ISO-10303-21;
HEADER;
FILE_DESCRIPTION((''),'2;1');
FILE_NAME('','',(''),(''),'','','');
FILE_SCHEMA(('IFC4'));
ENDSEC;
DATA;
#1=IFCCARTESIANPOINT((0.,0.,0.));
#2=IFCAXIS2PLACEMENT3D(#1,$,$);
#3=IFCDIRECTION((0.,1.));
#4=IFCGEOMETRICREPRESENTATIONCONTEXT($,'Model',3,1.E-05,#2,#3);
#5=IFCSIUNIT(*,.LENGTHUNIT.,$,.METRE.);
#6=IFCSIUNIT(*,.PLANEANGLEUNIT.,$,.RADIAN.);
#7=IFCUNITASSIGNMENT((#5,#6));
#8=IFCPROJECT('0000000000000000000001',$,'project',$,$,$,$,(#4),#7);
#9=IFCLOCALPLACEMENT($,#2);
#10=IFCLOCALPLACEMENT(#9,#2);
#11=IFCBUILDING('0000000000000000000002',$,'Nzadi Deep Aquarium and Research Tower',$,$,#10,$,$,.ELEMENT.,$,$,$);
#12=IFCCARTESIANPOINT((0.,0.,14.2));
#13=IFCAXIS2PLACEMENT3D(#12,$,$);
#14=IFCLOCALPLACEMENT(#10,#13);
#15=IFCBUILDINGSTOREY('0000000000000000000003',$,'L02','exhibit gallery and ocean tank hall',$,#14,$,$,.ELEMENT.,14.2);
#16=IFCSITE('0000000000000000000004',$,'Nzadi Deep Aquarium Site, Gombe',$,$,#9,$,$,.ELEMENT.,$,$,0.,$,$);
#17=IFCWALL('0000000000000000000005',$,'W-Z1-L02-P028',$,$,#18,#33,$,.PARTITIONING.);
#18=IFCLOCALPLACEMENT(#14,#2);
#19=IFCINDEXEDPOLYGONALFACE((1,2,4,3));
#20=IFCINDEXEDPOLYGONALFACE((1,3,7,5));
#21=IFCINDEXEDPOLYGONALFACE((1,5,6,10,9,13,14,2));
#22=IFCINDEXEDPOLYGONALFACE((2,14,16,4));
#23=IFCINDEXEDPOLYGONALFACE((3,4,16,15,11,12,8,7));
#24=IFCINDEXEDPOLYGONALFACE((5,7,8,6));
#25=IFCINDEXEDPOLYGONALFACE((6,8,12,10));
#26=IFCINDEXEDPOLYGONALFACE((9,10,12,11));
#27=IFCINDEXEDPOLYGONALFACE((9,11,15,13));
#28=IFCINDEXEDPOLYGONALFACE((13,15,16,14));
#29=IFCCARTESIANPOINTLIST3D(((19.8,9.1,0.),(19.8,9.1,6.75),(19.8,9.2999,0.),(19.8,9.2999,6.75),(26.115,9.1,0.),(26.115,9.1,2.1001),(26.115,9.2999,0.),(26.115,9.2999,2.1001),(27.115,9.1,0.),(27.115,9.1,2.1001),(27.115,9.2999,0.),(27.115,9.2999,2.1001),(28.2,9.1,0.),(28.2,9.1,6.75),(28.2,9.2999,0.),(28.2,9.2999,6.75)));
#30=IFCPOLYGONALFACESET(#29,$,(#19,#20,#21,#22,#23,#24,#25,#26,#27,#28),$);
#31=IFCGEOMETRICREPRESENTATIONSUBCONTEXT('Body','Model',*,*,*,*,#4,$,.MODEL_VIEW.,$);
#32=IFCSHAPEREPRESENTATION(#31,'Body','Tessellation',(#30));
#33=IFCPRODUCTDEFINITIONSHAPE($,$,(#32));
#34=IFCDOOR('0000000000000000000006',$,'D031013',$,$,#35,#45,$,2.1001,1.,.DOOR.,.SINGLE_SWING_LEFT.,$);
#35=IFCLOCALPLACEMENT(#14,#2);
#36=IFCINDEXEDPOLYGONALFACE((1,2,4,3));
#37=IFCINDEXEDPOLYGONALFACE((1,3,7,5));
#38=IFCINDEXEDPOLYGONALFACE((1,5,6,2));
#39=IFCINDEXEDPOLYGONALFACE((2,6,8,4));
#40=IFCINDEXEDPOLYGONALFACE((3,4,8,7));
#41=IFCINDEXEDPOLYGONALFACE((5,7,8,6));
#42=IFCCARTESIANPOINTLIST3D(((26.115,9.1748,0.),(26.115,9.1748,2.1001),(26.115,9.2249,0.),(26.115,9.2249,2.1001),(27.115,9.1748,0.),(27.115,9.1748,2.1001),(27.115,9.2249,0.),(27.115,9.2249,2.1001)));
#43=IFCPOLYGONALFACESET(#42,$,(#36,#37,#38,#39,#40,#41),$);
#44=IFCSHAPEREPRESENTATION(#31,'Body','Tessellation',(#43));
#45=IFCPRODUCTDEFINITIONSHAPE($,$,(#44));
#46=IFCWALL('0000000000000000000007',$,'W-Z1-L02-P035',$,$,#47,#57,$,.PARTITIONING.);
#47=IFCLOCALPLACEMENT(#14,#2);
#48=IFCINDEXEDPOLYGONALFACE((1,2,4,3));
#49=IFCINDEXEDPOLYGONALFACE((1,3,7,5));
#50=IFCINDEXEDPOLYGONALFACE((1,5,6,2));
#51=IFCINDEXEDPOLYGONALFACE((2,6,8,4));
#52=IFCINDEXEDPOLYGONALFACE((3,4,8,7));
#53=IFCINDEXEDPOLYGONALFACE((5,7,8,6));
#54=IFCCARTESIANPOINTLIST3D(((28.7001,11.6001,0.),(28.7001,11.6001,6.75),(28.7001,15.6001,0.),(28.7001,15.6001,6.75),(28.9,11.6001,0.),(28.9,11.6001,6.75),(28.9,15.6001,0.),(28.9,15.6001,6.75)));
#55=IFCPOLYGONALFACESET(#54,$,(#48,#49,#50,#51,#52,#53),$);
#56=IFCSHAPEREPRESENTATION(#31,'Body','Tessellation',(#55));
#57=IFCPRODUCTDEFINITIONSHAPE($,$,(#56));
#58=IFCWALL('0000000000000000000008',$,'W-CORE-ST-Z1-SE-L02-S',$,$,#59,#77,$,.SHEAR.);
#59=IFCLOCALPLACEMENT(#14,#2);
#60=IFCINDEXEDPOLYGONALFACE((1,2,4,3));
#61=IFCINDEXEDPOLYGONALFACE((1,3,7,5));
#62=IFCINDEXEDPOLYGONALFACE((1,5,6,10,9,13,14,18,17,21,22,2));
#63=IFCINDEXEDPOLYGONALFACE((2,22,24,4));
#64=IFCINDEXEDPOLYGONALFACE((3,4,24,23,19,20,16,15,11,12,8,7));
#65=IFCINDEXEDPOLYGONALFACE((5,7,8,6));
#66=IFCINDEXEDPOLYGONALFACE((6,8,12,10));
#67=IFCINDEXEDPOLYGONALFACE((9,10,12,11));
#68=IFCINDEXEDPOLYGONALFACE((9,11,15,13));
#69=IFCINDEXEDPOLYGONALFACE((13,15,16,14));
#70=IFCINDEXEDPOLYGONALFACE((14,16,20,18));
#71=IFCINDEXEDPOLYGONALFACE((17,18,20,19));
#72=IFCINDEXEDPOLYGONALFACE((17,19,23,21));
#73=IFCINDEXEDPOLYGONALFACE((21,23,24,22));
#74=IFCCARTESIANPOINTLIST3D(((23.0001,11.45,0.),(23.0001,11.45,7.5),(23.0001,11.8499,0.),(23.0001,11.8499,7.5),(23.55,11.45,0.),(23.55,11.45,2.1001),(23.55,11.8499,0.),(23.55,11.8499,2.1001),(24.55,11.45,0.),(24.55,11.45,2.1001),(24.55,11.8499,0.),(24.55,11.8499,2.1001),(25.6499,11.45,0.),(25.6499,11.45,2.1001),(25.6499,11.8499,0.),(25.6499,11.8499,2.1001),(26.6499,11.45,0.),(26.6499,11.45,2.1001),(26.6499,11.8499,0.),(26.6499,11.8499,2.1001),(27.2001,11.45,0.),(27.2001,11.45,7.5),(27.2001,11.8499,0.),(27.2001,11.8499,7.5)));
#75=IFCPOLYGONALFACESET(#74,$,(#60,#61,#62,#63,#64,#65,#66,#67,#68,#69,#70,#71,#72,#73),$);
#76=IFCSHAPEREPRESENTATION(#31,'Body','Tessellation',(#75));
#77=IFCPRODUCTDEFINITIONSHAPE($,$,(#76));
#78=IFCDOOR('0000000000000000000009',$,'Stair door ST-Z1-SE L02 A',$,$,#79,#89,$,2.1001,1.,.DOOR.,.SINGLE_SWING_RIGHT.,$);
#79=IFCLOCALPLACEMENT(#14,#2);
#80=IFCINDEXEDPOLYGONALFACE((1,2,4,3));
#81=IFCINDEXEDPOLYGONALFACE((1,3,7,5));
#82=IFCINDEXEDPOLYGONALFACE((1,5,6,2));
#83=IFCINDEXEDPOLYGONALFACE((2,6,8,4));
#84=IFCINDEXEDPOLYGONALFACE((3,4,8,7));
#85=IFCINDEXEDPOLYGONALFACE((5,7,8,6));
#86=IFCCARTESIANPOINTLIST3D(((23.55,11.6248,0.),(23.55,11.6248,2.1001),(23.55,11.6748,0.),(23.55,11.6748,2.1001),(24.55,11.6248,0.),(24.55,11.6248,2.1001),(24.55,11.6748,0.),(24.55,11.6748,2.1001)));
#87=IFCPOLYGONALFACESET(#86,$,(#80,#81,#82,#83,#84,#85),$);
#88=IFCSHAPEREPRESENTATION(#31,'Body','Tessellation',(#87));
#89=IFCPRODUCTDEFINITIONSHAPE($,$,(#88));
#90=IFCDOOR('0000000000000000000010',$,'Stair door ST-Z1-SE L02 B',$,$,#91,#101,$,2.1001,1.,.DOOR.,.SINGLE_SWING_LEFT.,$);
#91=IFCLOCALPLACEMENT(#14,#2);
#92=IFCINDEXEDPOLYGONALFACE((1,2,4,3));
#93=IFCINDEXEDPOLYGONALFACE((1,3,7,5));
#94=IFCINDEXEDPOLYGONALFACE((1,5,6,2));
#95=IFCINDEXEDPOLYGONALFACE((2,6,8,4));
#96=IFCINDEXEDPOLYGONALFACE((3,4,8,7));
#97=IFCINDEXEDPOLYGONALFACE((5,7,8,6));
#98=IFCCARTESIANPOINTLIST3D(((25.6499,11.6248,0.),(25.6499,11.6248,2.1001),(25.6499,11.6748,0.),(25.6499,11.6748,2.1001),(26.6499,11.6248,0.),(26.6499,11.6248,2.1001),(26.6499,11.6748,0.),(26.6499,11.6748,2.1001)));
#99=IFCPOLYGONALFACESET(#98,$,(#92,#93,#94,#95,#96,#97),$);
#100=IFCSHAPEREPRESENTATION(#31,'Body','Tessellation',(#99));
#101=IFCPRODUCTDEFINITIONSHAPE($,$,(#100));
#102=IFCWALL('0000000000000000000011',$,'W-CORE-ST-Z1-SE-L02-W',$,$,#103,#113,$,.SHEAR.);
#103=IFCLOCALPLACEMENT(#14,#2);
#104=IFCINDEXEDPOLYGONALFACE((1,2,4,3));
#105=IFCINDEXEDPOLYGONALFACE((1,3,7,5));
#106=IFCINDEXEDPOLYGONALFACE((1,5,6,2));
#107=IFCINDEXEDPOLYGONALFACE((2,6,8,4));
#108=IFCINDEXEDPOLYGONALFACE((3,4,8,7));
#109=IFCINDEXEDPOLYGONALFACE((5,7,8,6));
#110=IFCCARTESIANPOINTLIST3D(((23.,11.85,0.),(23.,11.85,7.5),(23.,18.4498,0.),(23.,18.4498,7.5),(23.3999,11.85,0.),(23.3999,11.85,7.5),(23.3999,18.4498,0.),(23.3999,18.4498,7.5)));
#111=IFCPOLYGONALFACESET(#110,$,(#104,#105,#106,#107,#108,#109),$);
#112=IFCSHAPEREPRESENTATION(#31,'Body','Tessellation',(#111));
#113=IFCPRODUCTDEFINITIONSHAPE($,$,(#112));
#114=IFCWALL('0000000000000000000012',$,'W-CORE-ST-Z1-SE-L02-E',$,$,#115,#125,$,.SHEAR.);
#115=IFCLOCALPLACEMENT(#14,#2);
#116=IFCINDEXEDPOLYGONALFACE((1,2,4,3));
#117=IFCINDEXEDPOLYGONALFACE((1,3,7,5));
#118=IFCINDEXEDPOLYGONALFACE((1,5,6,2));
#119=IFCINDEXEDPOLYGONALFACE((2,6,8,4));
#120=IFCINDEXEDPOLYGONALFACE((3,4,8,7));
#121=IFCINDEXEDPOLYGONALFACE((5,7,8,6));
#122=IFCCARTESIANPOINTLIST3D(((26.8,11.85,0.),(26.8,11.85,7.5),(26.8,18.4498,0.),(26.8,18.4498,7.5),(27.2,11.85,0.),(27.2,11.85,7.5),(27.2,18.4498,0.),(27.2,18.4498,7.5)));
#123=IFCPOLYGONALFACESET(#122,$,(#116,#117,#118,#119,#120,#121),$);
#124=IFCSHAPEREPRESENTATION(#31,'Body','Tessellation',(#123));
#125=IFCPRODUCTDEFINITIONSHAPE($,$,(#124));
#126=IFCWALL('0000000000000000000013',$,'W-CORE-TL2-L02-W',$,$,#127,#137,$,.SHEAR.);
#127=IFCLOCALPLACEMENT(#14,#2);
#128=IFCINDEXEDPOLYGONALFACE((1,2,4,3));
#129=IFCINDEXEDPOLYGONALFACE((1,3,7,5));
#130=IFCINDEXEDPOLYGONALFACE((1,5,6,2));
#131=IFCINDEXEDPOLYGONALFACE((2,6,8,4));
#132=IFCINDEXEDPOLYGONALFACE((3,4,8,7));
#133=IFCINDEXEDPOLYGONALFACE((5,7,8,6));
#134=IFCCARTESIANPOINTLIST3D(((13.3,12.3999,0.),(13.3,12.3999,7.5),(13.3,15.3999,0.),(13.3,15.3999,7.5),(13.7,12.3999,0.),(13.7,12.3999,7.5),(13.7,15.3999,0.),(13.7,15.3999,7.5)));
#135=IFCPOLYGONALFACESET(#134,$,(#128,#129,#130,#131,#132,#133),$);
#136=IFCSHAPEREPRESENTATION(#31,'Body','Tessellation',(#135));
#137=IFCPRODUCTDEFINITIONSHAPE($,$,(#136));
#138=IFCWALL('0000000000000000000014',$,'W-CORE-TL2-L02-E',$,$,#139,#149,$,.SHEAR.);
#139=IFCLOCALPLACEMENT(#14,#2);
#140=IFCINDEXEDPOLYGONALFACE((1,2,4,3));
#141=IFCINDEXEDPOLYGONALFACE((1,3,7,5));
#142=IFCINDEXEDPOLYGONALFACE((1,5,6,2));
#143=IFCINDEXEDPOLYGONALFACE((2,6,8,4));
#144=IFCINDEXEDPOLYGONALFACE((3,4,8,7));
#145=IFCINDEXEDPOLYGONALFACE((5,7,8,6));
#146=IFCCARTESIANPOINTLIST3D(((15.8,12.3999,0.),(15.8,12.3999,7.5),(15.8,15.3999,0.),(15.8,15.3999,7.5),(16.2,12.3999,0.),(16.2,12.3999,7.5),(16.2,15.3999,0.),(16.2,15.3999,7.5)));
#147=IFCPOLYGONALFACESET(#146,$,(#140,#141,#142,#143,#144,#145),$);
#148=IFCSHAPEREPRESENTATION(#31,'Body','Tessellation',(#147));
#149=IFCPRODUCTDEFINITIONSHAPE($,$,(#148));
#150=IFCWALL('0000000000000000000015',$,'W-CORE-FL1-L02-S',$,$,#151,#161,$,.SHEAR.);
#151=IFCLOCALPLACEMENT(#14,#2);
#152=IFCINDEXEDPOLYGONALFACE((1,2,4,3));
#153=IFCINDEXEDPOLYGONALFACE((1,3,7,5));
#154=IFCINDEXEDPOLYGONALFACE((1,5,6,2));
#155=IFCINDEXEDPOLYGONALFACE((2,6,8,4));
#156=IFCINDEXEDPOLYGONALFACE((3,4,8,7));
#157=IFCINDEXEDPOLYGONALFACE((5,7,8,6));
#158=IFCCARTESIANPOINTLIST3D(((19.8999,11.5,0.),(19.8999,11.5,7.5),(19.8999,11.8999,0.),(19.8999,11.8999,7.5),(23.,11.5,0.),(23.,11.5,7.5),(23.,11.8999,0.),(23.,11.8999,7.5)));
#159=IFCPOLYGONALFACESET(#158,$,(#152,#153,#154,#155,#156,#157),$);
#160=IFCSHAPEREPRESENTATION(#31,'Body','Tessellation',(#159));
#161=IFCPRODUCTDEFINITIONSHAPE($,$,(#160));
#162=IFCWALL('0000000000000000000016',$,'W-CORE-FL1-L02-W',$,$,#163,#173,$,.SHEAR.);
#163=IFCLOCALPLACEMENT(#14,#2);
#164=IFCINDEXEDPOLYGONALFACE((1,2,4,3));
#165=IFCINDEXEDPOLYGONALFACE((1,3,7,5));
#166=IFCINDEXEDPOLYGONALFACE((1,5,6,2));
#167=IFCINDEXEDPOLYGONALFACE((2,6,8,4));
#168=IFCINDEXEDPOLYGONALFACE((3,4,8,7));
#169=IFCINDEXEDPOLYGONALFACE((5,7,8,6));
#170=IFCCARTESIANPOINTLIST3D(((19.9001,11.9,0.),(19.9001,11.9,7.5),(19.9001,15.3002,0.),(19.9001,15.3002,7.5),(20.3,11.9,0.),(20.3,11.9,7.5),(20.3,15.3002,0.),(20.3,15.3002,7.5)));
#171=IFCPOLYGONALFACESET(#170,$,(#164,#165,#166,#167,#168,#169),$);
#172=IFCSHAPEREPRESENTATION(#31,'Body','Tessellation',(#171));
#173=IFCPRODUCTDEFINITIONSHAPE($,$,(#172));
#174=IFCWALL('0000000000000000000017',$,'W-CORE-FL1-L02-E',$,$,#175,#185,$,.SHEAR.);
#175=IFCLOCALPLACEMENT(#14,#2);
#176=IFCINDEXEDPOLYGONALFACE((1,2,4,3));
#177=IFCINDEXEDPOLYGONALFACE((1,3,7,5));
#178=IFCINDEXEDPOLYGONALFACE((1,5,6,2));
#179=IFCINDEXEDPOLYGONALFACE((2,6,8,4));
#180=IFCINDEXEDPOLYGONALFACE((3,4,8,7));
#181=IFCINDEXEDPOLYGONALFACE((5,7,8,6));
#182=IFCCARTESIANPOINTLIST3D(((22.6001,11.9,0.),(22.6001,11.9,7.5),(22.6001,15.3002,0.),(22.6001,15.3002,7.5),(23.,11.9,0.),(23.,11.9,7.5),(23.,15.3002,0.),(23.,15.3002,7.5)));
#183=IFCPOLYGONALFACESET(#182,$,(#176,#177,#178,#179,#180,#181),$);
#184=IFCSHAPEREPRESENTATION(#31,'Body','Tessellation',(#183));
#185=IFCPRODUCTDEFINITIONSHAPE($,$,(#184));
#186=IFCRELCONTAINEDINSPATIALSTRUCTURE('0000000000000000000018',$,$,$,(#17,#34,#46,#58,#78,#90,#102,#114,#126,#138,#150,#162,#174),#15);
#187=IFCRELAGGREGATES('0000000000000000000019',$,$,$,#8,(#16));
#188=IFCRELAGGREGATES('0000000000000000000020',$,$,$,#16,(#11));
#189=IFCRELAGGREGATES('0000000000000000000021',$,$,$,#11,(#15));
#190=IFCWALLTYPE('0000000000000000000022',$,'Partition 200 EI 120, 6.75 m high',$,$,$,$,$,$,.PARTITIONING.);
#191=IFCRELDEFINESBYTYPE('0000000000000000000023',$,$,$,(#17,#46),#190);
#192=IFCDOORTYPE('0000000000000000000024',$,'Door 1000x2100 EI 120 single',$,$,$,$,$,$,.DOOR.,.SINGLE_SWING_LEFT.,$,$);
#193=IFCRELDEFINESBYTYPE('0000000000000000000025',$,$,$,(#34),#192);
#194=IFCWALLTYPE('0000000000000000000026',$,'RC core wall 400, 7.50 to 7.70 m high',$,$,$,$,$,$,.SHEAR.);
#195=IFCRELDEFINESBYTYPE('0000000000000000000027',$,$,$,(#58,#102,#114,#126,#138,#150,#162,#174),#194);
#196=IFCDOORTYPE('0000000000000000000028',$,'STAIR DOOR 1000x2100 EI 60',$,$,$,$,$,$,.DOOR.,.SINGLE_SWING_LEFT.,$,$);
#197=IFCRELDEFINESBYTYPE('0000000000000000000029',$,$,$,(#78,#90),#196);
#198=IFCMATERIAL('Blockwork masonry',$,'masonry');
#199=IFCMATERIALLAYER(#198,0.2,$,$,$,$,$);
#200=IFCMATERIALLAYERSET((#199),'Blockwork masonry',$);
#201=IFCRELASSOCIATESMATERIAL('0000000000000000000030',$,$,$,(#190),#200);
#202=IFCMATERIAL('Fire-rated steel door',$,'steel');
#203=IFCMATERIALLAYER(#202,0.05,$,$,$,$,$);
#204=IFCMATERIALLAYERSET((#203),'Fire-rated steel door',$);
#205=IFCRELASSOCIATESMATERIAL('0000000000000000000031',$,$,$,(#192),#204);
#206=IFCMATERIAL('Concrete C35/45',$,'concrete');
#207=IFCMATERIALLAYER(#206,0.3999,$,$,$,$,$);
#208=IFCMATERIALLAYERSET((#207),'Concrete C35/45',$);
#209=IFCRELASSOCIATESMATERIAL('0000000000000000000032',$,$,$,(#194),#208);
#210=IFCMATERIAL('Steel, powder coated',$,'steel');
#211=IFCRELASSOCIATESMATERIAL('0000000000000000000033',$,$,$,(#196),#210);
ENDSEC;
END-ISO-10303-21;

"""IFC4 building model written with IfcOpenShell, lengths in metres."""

from ifc_helpers import new_model, si_unit, direction, frame, frame_2d, origin, place, context, subcontext, project, spatial, rectangle, extrude, material, layer, layer_set, type_object, element, fill, save


model = new_model("IFC4")

# Units and contexts
model_context = context("Model", 3, precision=1e-05, world=origin(), true_north=direction((0.0, 1.0)))
body_context = subcontext(model_context, "Body", "Model", "MODEL_VIEW")
ifc_project = project(units=[si_unit("LENGTHUNIT", "METRE"), si_unit("PLANEANGLEUNIT", "RADIAN")], contexts=[model_context])

# Site, building, storey
site_placement = place(None, origin())
site = spatial("IfcSite", under=ifc_project, at=site_placement, Name="Nzadi Deep Aquarium Site, Gombe", CompositionType="ELEMENT", RefElevation=0.0)
building_placement = place(site_placement, origin())
building = spatial("IfcBuilding", under=site, at=building_placement, Name="Nzadi Deep Aquarium and Research Tower", CompositionType="ELEMENT")
storey_placement = place(building_placement, frame((0.0, 0.0, 14.2)))
storey = spatial("IfcBuildingStorey", under=building, at=storey_placement, Name="L02", Description="exhibit gallery and ocean tank hall", CompositionType="ELEMENT", Elevation=14.2)

# Wall, opening, door
ifc_material_1 = material(Name="Blockwork masonry", Category="masonry")
ifc_layer_1 = layer(ifc_material_1, 0.2)
ifc_layer_set_1 = layer_set([ifc_layer_1], Name="Blockwork masonry")
wall_type_1 = type_object("IfcWallType", Name="Partition 200 EI 120, 6.75 m high", PredefinedType="PARTITIONING", material=ifc_layer_set_1)
wall_1_placement = place(storey_placement, frame((19.8, 9.2, 0.0), z_axis=(0.0, 0.0, 1.0), x_axis=(1.0, 0.0, 0.0)))
wall_1 = element("IfcWall", 1, at=wall_1_placement, inside=storey, type_object=wall_type_1, Name="W-Z1-L02-P028", PredefinedType="PARTITIONING", context=body_context, shape_type="SweptSolid", body=[
    extrude(rectangle(XDim=8.3999, YDim=0.2, at=frame_2d((4.2, 0.0))), origin(), (0.0, 0.0, 1.0), 6.75),
])
opening_1_placement = place(wall_1_placement, frame((6.3149, 0.0, 0.0)))
opening_1 = element("IfcOpeningElement", 2, at=opening_1_placement, cuts=wall_1, PredefinedType="OPENING", context=body_context, shape_type="SweptSolid", body=[
    extrude(rectangle(XDim=1.0, YDim=2.1001, at=frame_2d((0.5, 1.05))), frame((0.0, 0.1101, 0.0), z_axis=(0.0, -1.0, 0.0), x_axis=(1.0, 0.0, 0.0)), (0.0, 0.0, 1.0), 0.2202),
])
ifc_material_2 = material(Name="Fire-rated steel door", Category="steel")
ifc_layer_2 = layer(ifc_material_2, 0.05)
ifc_layer_set_2 = layer_set([ifc_layer_2], Name="Fire-rated steel door")
door_type_1 = type_object("IfcDoorType", Name="Door 1000x2100 EI 120 single", OperationType="SINGLE_SWING_LEFT", PredefinedType="DOOR", material=ifc_layer_set_2)
door_1_placement = place(opening_1_placement, origin())
door_1 = element("IfcDoor", 3, at=door_1_placement, inside=storey, type_object=door_type_1, Name="D031013", OperationType="SINGLE_SWING_LEFT", OverallHeight=2.1001, OverallWidth=1.0, PredefinedType="DOOR", context=body_context, shape_type="SweptSolid", body=[
    extrude(rectangle(XDim=1.0, YDim=2.1001, at=frame_2d((0.5, 1.05))), frame((0.0, 0.0249, 0.0), z_axis=(0.0, -1.0, 0.0), x_axis=(1.0, 0.0, 0.0)), (0.0, 0.0, 1.0), 0.05),
])
fill(opening_1, door_1)

# Wall
wall_2_placement = place(storey_placement, frame((28.8, 11.6001, 0.0), z_axis=(0.0, 0.0, 1.0), x_axis=(0.0, 1.0, 0.0)))
element("IfcWall", 4, at=wall_2_placement, inside=storey, type_object=wall_type_1, Name="W-Z1-L02-P035", PredefinedType="PARTITIONING", context=body_context, shape_type="SweptSolid", body=[
    extrude(rectangle(XDim=4.0, YDim=0.2, at=frame_2d((2.0, 0.0))), origin(), (0.0, 0.0, 1.0), 6.75),
])

# Wall, openings, doors
ifc_material_3 = material(Name="Concrete C35/45", Category="concrete")
ifc_layer_3 = layer(ifc_material_3, 0.3999)
ifc_layer_set_3 = layer_set([ifc_layer_3], Name="Concrete C35/45")
wall_type_2 = type_object("IfcWallType", Name="RC core wall 400, 7.50 to 7.70 m high", PredefinedType="SHEAR", material=ifc_layer_set_3)
wall_3_placement = place(storey_placement, frame((23.0, 11.6499, 0.0), z_axis=(0.0, 0.0, 1.0), x_axis=(1.0, 0.0, 0.0)))
wall_3 = element("IfcWall", 5, at=wall_3_placement, inside=storey, type_object=wall_type_2, Name="W-CORE-ST-Z1-SE-L02-S", PredefinedType="SHEAR", context=body_context, shape_type="SweptSolid", body=[
    extrude(rectangle(XDim=4.2, YDim=0.3999, at=frame_2d((2.1001, 0.0))), origin(), (0.0, 0.0, 1.0), 7.5),
])
opening_2_placement = place(wall_3_placement, frame((0.55, 0.0, 0.0)))
opening_2 = element("IfcOpeningElement", 6, at=opening_2_placement, cuts=wall_3, PredefinedType="OPENING", context=body_context, shape_type="SweptSolid", body=[
    extrude(rectangle(XDim=1.0, YDim=2.1001, at=frame_2d((0.5, 1.05))), frame((0.0, 0.21, 0.0), z_axis=(0.0, -1.0, 0.0), x_axis=(1.0, 0.0, 0.0)), (0.0, 0.0, 1.0), 0.4199),
])
opening_3_placement = place(wall_3_placement, frame((2.6499, 0.0, 0.0)))
opening_3 = element("IfcOpeningElement", 7, at=opening_3_placement, cuts=wall_3, PredefinedType="OPENING", context=body_context, shape_type="SweptSolid", body=[
    extrude(rectangle(XDim=1.0, YDim=2.1001, at=frame_2d((0.5, 1.05))), frame((0.0, 0.21, 0.0), z_axis=(0.0, -1.0, 0.0), x_axis=(1.0, 0.0, 0.0)), (0.0, 0.0, 1.0), 0.4199),
])
ifc_material_4 = material(Name="Steel, powder coated", Category="steel")
door_type_2 = type_object("IfcDoorType", Name="STAIR DOOR 1000x2100 EI 60", OperationType="SINGLE_SWING_LEFT", PredefinedType="DOOR", material=ifc_material_4)
door_2_placement = place(opening_2_placement, origin())
door_2 = element("IfcDoor", 8, at=door_2_placement, inside=storey, type_object=door_type_2, Name="Stair door ST-Z1-SE L02 A", OperationType="SINGLE_SWING_RIGHT", OverallHeight=2.1001, OverallWidth=1.0, PredefinedType="DOOR", context=body_context, shape_type="SweptSolid", body=[
    extrude(rectangle(XDim=1.0, YDim=2.1001, at=frame_2d((0.5, 1.05))), frame((0.0, 0.0249, 0.0), z_axis=(0.0, -1.0, 0.0), x_axis=(1.0, 0.0, 0.0)), (0.0, 0.0, 1.0), 0.05),
])
fill(opening_2, door_2)
door_3_placement = place(opening_3_placement, origin())
door_3 = element("IfcDoor", 9, at=door_3_placement, inside=storey, type_object=door_type_2, Name="Stair door ST-Z1-SE L02 B", OperationType="SINGLE_SWING_LEFT", OverallHeight=2.1001, OverallWidth=1.0, PredefinedType="DOOR", context=body_context, shape_type="SweptSolid", body=[
    extrude(rectangle(XDim=1.0, YDim=2.1001, at=frame_2d((0.5, 1.05))), frame((0.0, 0.0249, 0.0), z_axis=(0.0, -1.0, 0.0), x_axis=(1.0, 0.0, 0.0)), (0.0, 0.0, 1.0), 0.05),
])
fill(opening_3, door_3)

# Walls
for number, where, z_axis, x_axis, name in (
    (10, (23.2, 11.8501, 0.0), (0.0, 0.0, 1.0), (0.0, 1.0, 0.0), "W-CORE-ST-Z1-SE-L02-W"),
    (11, (27.0, 11.8501, 0.0), (0.0, 0.0, 1.0), (0.0, 1.0, 0.0), "W-CORE-ST-Z1-SE-L02-E"),
):
    element("IfcWall", number, at=place(storey_placement, frame(where, z_axis=z_axis, x_axis=x_axis)), inside=storey, type_object=wall_type_2, Name=name, PredefinedType="SHEAR", context=body_context, shape_type="SweptSolid", body=[
        extrude(rectangle(XDim=6.5999, YDim=0.3999, at=frame_2d((3.2998, 0.0))), origin(), (0.0, 0.0, 1.0), 7.5),
    ])
for number, where, z_axis, x_axis, name in (
    (12, (13.5, 12.3999, 0.0), (0.0, 0.0, 1.0), (0.0, 1.0, 0.0), "W-CORE-TL2-L02-W"),
    (13, (16.0, 12.3999, 0.0), (0.0, 0.0, 1.0), (0.0, 1.0, 0.0), "W-CORE-TL2-L02-E"),
):
    element("IfcWall", number, at=place(storey_placement, frame(where, z_axis=z_axis, x_axis=x_axis)), inside=storey, type_object=wall_type_2, Name=name, PredefinedType="SHEAR", context=body_context, shape_type="SweptSolid", body=[
        extrude(rectangle(XDim=3.0, YDim=0.3999, at=frame_2d((1.5, 0.0))), origin(), (0.0, 0.0, 1.0), 7.5),
    ])
wall_4_placement = place(storey_placement, frame((19.8999, 11.7, 0.0), z_axis=(0.0, 0.0, 1.0), x_axis=(1.0, 0.0, 0.0)))
element("IfcWall", 14, at=wall_4_placement, inside=storey, type_object=wall_type_2, Name="W-CORE-FL1-L02-S", PredefinedType="SHEAR", context=body_context, shape_type="SweptSolid", body=[
    extrude(rectangle(XDim=3.1001, YDim=0.3999, at=frame_2d((1.55, 0.0))), origin(), (0.0, 0.0, 1.0), 7.5),
])
for number, where, z_axis, x_axis, name in (
    (15, (20.1001, 11.8999, 0.0), (0.0, 0.0, 1.0), (0.0, 1.0, 0.0), "W-CORE-FL1-L02-W"),
    (16, (22.8, 11.8999, 0.0), (0.0, 0.0, 1.0), (0.0, 1.0, 0.0), "W-CORE-FL1-L02-E"),
):
    element("IfcWall", number, at=place(storey_placement, frame(where, z_axis=z_axis, x_axis=x_axis)), inside=storey, type_object=wall_type_2, Name=name, PredefinedType="SHEAR", context=body_context, shape_type="SweptSolid", body=[
        extrude(rectangle(XDim=3.4001, YDim=0.3999, at=frame_2d((1.7002, 0.0))), origin(), (0.0, 0.0, 1.0), 7.5),
    ])

save(model, "model.ifc")
